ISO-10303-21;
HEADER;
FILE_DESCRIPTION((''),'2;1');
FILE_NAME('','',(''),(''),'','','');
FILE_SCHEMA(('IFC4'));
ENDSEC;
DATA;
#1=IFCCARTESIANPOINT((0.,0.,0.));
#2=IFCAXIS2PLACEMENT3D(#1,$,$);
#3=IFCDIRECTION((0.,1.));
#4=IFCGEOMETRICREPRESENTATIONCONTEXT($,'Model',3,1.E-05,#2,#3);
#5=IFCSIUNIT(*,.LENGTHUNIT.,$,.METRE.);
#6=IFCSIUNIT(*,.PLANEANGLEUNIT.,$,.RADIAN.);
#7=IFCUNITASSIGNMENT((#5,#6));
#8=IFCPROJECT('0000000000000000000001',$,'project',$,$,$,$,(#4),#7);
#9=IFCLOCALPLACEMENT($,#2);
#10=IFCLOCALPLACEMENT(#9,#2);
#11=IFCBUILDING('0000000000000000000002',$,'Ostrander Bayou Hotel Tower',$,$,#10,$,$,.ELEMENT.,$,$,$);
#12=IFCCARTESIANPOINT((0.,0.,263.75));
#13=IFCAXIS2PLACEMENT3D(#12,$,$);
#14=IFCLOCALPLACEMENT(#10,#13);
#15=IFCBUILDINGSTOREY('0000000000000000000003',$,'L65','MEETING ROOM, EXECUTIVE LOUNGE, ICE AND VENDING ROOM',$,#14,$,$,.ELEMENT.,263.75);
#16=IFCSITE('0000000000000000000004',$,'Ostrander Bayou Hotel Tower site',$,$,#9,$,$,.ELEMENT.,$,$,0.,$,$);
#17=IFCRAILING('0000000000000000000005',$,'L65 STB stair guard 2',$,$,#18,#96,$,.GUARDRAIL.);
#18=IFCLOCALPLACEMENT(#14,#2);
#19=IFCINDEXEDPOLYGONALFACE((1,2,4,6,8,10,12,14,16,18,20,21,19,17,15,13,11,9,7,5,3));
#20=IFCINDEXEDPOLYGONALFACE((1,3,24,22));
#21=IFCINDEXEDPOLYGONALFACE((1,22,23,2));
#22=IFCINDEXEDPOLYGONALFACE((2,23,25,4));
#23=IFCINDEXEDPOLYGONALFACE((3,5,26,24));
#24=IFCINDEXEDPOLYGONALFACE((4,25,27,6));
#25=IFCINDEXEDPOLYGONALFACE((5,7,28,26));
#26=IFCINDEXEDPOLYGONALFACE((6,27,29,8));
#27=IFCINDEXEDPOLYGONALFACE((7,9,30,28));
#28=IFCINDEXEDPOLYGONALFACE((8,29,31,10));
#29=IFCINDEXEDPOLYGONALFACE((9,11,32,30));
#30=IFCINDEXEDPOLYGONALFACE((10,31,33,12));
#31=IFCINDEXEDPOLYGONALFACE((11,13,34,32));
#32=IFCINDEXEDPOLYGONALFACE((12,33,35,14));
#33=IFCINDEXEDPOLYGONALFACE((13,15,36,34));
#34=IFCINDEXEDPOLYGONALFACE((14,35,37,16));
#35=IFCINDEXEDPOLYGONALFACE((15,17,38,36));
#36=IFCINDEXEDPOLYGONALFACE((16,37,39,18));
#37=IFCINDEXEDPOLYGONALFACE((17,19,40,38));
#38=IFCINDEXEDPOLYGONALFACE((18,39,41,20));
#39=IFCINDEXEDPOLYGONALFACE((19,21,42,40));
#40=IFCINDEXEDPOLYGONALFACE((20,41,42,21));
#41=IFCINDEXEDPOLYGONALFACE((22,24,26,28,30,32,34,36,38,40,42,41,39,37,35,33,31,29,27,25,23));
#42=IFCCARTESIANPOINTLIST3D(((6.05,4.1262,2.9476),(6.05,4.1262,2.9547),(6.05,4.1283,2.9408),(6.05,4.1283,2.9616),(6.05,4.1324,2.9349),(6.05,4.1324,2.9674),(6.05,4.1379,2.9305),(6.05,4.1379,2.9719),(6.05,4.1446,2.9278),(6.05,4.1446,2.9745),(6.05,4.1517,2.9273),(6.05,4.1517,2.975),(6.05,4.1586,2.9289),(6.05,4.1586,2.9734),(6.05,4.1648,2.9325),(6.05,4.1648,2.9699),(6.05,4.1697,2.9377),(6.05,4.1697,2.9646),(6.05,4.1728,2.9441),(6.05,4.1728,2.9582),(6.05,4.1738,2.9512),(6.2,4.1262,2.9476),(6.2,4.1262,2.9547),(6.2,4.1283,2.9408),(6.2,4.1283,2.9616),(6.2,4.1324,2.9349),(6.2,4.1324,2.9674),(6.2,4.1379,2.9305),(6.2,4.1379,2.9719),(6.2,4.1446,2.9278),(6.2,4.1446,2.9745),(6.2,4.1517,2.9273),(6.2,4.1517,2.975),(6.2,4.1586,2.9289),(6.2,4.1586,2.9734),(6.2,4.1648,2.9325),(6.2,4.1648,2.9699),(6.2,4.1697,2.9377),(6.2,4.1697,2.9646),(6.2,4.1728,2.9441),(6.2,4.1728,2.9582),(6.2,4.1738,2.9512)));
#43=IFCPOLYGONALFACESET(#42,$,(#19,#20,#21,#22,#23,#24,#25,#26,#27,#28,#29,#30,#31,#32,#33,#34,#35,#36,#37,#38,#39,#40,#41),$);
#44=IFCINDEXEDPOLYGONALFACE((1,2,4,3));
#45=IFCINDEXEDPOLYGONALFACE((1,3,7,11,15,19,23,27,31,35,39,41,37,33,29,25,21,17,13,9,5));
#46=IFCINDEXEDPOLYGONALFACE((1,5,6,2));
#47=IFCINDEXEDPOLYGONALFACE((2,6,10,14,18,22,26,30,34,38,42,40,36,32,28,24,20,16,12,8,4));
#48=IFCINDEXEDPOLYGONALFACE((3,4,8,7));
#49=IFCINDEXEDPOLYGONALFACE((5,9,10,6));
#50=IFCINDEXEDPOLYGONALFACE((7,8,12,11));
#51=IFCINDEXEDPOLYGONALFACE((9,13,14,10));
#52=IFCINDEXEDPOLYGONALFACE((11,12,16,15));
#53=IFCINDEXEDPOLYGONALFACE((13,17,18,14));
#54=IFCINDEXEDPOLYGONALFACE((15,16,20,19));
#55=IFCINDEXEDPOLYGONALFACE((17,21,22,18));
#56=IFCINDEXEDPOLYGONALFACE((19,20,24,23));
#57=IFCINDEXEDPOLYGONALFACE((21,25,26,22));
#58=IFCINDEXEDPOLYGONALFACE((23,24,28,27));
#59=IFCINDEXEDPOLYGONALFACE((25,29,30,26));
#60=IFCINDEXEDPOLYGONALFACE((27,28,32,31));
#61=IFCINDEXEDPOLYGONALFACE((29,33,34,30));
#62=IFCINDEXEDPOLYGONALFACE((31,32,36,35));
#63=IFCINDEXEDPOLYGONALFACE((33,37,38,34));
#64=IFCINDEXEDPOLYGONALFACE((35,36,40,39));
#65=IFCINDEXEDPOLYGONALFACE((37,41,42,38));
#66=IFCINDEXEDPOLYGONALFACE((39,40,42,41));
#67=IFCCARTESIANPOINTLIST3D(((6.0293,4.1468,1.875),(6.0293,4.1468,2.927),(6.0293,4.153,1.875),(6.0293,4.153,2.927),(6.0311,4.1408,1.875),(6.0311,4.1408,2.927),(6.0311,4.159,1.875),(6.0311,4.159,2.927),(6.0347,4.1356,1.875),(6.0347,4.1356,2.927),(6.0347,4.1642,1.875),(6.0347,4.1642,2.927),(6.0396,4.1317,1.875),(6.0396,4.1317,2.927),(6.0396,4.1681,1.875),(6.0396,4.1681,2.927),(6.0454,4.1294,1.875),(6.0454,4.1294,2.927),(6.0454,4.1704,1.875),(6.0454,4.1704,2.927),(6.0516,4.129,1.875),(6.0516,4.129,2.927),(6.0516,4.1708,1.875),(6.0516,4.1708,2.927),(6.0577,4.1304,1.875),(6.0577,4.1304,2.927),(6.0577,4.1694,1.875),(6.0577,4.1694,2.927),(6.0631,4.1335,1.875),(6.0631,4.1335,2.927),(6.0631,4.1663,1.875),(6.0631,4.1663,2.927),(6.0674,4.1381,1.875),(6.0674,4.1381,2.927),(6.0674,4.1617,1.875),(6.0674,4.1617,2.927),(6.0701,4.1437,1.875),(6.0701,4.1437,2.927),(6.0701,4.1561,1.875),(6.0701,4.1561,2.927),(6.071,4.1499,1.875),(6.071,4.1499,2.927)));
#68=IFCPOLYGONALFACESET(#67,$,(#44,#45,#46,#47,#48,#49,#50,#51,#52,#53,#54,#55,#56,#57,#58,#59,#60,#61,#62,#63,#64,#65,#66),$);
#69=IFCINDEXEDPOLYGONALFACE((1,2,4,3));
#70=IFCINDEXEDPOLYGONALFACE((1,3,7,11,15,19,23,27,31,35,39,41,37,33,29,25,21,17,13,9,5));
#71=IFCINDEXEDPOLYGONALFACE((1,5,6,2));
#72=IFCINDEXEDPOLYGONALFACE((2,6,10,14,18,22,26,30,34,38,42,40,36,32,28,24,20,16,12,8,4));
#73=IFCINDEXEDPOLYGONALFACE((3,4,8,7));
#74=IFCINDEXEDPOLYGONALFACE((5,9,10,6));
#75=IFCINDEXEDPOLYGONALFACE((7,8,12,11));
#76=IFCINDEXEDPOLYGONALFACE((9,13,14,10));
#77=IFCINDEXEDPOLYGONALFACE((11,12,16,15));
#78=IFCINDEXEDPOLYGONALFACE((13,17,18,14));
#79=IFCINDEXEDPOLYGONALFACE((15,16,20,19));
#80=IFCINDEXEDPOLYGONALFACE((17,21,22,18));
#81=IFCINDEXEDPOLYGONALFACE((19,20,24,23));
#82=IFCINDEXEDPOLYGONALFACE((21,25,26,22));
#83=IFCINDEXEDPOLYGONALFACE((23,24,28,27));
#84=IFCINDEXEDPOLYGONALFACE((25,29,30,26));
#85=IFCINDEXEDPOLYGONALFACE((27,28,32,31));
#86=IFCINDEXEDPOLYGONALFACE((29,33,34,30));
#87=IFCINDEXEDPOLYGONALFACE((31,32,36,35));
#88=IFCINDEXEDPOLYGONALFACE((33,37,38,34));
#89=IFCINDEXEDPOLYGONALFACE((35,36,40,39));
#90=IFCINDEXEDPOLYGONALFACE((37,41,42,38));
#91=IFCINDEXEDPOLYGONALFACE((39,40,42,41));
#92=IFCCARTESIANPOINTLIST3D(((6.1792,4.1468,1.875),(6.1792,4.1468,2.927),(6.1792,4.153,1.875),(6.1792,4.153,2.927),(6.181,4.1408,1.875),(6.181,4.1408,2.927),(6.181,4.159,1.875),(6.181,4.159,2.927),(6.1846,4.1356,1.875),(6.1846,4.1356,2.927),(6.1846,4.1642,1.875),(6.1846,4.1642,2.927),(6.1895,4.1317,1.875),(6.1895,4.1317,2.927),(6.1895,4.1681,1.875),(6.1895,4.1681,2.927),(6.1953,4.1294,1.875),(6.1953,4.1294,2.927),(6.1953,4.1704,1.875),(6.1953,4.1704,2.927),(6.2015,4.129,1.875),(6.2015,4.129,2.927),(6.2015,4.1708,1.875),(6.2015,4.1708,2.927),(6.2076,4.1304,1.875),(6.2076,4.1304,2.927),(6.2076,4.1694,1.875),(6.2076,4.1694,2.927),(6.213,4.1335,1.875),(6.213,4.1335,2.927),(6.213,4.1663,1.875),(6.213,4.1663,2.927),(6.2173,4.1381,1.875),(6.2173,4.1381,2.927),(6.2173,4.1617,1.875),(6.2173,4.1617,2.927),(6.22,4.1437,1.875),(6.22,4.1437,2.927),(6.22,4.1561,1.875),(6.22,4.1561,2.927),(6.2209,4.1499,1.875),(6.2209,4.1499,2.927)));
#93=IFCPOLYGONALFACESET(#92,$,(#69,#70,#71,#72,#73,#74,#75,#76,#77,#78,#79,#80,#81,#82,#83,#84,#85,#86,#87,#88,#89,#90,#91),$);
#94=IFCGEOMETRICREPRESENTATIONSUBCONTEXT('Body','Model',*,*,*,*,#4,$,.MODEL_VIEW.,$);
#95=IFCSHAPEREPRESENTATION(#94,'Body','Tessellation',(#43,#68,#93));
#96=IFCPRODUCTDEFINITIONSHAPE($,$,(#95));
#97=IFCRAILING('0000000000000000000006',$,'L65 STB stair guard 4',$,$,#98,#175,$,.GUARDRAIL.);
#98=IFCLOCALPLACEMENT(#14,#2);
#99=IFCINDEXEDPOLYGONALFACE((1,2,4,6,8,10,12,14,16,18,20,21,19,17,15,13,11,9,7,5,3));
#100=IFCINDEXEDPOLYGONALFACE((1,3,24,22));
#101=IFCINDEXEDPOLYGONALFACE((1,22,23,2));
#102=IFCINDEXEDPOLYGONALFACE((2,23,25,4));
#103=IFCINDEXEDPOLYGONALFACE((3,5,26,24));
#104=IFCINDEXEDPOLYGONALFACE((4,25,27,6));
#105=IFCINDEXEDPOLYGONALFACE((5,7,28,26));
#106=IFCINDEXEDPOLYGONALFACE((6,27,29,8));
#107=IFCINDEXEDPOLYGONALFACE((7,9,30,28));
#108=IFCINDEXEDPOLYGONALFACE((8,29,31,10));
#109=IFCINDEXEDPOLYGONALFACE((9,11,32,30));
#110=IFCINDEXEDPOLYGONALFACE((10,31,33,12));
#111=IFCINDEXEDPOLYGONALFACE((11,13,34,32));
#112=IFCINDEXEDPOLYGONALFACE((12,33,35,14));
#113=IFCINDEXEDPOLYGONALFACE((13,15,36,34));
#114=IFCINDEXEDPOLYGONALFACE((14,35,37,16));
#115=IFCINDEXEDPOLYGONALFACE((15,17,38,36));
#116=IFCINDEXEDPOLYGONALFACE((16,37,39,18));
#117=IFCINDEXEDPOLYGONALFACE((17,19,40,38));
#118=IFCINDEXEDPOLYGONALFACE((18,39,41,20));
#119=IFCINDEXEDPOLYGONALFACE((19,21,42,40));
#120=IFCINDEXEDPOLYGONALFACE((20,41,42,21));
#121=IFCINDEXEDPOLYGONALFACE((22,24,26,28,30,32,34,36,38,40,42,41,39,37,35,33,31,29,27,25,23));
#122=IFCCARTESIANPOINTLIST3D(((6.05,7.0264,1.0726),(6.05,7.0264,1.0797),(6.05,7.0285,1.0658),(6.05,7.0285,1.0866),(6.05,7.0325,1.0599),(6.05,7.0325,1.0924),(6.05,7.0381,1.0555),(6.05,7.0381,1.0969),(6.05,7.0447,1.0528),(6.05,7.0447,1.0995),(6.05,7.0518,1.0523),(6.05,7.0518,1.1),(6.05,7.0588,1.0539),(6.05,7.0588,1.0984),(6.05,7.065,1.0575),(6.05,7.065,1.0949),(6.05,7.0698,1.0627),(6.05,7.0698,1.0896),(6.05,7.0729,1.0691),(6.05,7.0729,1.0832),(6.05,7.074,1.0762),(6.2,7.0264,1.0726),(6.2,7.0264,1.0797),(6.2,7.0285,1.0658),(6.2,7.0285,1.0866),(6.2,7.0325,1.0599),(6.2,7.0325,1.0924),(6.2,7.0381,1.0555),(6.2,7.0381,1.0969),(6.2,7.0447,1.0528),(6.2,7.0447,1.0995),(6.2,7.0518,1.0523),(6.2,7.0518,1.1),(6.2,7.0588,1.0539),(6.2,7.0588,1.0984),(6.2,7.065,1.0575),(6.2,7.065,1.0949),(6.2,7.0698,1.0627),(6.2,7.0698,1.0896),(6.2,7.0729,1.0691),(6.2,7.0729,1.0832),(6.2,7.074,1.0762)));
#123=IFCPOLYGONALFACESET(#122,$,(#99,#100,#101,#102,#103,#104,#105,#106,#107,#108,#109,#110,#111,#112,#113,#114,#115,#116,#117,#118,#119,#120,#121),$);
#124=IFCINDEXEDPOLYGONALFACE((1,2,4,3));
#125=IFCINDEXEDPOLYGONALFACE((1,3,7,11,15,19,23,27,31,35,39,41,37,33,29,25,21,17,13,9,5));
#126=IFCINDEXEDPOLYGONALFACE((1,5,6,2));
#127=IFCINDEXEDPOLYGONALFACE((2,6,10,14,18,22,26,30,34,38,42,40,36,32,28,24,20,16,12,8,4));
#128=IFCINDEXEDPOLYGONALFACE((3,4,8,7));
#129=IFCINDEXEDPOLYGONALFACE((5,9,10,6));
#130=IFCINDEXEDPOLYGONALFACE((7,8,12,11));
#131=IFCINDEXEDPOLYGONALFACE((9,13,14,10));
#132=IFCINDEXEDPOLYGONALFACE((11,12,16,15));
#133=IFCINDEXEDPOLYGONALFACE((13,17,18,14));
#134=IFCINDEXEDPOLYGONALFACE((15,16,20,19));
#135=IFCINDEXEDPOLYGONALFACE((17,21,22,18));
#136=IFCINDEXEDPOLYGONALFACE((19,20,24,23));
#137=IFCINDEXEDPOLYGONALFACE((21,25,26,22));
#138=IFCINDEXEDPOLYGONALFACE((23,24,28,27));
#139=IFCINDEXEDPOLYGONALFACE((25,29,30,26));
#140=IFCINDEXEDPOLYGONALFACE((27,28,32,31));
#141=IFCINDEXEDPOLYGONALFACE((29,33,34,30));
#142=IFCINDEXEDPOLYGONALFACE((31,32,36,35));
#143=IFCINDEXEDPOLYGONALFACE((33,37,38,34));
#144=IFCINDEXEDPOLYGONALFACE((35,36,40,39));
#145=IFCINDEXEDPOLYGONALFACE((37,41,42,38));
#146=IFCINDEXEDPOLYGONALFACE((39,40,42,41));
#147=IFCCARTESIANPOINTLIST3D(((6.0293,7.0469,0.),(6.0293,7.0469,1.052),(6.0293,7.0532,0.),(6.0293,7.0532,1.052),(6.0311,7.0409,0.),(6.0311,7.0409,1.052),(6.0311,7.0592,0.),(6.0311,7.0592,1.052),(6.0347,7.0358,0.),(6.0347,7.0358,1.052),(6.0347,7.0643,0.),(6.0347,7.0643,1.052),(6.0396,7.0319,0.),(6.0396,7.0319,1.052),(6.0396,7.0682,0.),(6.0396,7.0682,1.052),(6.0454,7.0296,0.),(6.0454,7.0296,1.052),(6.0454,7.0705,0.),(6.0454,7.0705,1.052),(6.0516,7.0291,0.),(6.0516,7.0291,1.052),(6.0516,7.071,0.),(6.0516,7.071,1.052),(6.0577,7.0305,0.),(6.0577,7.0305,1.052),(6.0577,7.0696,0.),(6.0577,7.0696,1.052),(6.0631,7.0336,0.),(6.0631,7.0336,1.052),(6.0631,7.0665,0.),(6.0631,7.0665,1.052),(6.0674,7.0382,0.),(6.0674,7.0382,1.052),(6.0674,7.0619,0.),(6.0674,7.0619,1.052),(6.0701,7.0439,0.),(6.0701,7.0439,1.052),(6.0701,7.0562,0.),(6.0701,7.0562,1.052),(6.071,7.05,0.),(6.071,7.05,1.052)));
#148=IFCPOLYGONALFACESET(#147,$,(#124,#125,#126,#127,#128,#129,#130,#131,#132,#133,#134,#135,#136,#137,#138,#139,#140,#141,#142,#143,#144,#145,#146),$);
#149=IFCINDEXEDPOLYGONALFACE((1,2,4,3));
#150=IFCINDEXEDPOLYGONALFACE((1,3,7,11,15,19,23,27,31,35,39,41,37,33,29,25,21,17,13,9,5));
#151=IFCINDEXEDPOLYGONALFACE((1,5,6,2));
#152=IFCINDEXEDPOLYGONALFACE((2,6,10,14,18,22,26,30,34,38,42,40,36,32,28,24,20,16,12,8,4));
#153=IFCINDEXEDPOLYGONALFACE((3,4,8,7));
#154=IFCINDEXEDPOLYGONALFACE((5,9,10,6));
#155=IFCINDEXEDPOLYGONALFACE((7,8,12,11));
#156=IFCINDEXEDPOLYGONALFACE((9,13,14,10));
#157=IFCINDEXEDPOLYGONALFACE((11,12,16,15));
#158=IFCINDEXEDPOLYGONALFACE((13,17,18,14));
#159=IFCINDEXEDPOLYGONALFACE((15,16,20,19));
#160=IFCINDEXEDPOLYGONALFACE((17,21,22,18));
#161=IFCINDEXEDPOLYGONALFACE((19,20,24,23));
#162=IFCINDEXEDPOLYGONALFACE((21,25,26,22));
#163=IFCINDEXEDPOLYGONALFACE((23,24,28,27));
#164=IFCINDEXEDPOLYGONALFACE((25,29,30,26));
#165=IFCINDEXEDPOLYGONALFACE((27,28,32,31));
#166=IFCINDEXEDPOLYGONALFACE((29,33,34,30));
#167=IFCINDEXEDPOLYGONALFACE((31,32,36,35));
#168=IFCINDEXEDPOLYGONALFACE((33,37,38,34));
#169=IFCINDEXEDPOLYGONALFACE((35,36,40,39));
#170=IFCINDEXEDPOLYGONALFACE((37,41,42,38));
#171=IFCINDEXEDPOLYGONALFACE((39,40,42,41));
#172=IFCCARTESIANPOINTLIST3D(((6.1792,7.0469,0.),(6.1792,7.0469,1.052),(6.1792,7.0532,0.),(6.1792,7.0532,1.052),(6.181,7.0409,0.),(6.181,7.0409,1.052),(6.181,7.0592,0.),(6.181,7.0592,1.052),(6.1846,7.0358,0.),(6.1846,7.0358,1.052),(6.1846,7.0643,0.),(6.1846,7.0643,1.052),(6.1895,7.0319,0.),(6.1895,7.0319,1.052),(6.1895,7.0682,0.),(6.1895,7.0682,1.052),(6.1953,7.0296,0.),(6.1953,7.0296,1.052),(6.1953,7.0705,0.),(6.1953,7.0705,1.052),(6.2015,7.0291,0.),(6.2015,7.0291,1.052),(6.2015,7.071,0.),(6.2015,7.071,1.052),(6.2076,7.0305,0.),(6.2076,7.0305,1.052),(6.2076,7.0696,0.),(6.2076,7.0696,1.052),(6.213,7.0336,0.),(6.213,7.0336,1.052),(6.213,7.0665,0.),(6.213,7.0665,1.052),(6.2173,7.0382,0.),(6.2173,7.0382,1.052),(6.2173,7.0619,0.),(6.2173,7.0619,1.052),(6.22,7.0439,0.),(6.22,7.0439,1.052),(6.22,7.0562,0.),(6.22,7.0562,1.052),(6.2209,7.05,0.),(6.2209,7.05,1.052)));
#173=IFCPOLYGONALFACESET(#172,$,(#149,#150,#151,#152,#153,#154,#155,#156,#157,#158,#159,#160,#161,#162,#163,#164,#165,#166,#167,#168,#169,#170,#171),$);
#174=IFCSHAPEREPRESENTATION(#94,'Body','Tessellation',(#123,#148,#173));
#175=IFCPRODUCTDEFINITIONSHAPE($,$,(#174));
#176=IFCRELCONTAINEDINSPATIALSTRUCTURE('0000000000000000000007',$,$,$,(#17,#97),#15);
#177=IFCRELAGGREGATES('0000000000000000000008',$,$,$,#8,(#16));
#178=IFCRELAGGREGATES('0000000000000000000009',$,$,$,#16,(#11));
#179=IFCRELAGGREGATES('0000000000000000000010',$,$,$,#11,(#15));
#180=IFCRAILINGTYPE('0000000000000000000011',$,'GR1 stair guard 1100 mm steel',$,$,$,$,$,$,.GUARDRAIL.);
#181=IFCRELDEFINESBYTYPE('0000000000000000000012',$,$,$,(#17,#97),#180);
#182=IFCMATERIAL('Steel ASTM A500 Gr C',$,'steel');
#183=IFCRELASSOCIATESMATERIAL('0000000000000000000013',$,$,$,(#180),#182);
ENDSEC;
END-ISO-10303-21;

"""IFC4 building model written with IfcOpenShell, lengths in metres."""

from ifc_helpers import new_model, si_unit, direction, frame, origin, origin_2d, place, context, subcontext, project, spatial, circle, extrude, material, type_object, element, save


model = new_model("IFC4")

# Units and contexts
model_context = context("Model", 3, precision=1e-05, world=origin(), true_north=direction((0.0, 1.0)))
body_context = subcontext(model_context, "Body", "Model", "MODEL_VIEW")
ifc_project = project(units=[si_unit("LENGTHUNIT", "METRE"), si_unit("PLANEANGLEUNIT", "RADIAN")], contexts=[model_context])

# Site, building, storey
site_placement = place(None, origin())
site = spatial("IfcSite", under=ifc_project, at=site_placement, Name="Ostrander Bayou Hotel Tower site", CompositionType="ELEMENT", RefElevation=0.0)
building_placement = place(site_placement, origin())
building = spatial("IfcBuilding", under=site, at=building_placement, Name="Ostrander Bayou Hotel Tower", CompositionType="ELEMENT")
storey_placement = place(building_placement, frame((0.0, 0.0, 263.75)))
storey = spatial("IfcBuildingStorey", under=building, at=storey_placement, Name="L65", Description="MEETING ROOM, EXECUTIVE LOUNGE, ICE AND VENDING ROOM", CompositionType="ELEMENT", Elevation=263.75)

# Railings
ifc_material_1 = material(Name="Steel ASTM A500 Gr C", Category="steel")
railing_type_1 = type_object("IfcRailingType", Name="GR1 stair guard 1100 mm steel", PredefinedType="GUARDRAIL", material=ifc_material_1)
for number, where, name in (
    (1, (6.05, 4.1499, 1.875), "L65 STB stair guard 2"),
    (2, (6.05, 7.05, 0.0), "L65 STB stair guard 4"),
):
    element("IfcRailing", number, at=place(storey_placement, frame(where)), inside=storey, type_object=railing_type_1, Name=name, PredefinedType="GUARDRAIL", context=body_context, shape_type="SweptSolid", body=[
        extrude(circle(Radius=0.0239, at=origin_2d()), frame((0.0, 0.0, 1.0762), z_axis=(1.0, 0.0, 0.0), x_axis=(0.0, 1.0, 0.0)), (0.0, 0.0, 1.0), 0.1499),
        extrude(circle(Radius=0.021, at=origin_2d()), origin(), (0.0, 0.0, 1.0), 1.052),
        extrude(circle(Radius=0.021, at=origin_2d()), frame((0.1499, 0.0, 0.0)), (0.0, 0.0, 1.0), 1.052),
    ])

save(model, "model.ifc")
